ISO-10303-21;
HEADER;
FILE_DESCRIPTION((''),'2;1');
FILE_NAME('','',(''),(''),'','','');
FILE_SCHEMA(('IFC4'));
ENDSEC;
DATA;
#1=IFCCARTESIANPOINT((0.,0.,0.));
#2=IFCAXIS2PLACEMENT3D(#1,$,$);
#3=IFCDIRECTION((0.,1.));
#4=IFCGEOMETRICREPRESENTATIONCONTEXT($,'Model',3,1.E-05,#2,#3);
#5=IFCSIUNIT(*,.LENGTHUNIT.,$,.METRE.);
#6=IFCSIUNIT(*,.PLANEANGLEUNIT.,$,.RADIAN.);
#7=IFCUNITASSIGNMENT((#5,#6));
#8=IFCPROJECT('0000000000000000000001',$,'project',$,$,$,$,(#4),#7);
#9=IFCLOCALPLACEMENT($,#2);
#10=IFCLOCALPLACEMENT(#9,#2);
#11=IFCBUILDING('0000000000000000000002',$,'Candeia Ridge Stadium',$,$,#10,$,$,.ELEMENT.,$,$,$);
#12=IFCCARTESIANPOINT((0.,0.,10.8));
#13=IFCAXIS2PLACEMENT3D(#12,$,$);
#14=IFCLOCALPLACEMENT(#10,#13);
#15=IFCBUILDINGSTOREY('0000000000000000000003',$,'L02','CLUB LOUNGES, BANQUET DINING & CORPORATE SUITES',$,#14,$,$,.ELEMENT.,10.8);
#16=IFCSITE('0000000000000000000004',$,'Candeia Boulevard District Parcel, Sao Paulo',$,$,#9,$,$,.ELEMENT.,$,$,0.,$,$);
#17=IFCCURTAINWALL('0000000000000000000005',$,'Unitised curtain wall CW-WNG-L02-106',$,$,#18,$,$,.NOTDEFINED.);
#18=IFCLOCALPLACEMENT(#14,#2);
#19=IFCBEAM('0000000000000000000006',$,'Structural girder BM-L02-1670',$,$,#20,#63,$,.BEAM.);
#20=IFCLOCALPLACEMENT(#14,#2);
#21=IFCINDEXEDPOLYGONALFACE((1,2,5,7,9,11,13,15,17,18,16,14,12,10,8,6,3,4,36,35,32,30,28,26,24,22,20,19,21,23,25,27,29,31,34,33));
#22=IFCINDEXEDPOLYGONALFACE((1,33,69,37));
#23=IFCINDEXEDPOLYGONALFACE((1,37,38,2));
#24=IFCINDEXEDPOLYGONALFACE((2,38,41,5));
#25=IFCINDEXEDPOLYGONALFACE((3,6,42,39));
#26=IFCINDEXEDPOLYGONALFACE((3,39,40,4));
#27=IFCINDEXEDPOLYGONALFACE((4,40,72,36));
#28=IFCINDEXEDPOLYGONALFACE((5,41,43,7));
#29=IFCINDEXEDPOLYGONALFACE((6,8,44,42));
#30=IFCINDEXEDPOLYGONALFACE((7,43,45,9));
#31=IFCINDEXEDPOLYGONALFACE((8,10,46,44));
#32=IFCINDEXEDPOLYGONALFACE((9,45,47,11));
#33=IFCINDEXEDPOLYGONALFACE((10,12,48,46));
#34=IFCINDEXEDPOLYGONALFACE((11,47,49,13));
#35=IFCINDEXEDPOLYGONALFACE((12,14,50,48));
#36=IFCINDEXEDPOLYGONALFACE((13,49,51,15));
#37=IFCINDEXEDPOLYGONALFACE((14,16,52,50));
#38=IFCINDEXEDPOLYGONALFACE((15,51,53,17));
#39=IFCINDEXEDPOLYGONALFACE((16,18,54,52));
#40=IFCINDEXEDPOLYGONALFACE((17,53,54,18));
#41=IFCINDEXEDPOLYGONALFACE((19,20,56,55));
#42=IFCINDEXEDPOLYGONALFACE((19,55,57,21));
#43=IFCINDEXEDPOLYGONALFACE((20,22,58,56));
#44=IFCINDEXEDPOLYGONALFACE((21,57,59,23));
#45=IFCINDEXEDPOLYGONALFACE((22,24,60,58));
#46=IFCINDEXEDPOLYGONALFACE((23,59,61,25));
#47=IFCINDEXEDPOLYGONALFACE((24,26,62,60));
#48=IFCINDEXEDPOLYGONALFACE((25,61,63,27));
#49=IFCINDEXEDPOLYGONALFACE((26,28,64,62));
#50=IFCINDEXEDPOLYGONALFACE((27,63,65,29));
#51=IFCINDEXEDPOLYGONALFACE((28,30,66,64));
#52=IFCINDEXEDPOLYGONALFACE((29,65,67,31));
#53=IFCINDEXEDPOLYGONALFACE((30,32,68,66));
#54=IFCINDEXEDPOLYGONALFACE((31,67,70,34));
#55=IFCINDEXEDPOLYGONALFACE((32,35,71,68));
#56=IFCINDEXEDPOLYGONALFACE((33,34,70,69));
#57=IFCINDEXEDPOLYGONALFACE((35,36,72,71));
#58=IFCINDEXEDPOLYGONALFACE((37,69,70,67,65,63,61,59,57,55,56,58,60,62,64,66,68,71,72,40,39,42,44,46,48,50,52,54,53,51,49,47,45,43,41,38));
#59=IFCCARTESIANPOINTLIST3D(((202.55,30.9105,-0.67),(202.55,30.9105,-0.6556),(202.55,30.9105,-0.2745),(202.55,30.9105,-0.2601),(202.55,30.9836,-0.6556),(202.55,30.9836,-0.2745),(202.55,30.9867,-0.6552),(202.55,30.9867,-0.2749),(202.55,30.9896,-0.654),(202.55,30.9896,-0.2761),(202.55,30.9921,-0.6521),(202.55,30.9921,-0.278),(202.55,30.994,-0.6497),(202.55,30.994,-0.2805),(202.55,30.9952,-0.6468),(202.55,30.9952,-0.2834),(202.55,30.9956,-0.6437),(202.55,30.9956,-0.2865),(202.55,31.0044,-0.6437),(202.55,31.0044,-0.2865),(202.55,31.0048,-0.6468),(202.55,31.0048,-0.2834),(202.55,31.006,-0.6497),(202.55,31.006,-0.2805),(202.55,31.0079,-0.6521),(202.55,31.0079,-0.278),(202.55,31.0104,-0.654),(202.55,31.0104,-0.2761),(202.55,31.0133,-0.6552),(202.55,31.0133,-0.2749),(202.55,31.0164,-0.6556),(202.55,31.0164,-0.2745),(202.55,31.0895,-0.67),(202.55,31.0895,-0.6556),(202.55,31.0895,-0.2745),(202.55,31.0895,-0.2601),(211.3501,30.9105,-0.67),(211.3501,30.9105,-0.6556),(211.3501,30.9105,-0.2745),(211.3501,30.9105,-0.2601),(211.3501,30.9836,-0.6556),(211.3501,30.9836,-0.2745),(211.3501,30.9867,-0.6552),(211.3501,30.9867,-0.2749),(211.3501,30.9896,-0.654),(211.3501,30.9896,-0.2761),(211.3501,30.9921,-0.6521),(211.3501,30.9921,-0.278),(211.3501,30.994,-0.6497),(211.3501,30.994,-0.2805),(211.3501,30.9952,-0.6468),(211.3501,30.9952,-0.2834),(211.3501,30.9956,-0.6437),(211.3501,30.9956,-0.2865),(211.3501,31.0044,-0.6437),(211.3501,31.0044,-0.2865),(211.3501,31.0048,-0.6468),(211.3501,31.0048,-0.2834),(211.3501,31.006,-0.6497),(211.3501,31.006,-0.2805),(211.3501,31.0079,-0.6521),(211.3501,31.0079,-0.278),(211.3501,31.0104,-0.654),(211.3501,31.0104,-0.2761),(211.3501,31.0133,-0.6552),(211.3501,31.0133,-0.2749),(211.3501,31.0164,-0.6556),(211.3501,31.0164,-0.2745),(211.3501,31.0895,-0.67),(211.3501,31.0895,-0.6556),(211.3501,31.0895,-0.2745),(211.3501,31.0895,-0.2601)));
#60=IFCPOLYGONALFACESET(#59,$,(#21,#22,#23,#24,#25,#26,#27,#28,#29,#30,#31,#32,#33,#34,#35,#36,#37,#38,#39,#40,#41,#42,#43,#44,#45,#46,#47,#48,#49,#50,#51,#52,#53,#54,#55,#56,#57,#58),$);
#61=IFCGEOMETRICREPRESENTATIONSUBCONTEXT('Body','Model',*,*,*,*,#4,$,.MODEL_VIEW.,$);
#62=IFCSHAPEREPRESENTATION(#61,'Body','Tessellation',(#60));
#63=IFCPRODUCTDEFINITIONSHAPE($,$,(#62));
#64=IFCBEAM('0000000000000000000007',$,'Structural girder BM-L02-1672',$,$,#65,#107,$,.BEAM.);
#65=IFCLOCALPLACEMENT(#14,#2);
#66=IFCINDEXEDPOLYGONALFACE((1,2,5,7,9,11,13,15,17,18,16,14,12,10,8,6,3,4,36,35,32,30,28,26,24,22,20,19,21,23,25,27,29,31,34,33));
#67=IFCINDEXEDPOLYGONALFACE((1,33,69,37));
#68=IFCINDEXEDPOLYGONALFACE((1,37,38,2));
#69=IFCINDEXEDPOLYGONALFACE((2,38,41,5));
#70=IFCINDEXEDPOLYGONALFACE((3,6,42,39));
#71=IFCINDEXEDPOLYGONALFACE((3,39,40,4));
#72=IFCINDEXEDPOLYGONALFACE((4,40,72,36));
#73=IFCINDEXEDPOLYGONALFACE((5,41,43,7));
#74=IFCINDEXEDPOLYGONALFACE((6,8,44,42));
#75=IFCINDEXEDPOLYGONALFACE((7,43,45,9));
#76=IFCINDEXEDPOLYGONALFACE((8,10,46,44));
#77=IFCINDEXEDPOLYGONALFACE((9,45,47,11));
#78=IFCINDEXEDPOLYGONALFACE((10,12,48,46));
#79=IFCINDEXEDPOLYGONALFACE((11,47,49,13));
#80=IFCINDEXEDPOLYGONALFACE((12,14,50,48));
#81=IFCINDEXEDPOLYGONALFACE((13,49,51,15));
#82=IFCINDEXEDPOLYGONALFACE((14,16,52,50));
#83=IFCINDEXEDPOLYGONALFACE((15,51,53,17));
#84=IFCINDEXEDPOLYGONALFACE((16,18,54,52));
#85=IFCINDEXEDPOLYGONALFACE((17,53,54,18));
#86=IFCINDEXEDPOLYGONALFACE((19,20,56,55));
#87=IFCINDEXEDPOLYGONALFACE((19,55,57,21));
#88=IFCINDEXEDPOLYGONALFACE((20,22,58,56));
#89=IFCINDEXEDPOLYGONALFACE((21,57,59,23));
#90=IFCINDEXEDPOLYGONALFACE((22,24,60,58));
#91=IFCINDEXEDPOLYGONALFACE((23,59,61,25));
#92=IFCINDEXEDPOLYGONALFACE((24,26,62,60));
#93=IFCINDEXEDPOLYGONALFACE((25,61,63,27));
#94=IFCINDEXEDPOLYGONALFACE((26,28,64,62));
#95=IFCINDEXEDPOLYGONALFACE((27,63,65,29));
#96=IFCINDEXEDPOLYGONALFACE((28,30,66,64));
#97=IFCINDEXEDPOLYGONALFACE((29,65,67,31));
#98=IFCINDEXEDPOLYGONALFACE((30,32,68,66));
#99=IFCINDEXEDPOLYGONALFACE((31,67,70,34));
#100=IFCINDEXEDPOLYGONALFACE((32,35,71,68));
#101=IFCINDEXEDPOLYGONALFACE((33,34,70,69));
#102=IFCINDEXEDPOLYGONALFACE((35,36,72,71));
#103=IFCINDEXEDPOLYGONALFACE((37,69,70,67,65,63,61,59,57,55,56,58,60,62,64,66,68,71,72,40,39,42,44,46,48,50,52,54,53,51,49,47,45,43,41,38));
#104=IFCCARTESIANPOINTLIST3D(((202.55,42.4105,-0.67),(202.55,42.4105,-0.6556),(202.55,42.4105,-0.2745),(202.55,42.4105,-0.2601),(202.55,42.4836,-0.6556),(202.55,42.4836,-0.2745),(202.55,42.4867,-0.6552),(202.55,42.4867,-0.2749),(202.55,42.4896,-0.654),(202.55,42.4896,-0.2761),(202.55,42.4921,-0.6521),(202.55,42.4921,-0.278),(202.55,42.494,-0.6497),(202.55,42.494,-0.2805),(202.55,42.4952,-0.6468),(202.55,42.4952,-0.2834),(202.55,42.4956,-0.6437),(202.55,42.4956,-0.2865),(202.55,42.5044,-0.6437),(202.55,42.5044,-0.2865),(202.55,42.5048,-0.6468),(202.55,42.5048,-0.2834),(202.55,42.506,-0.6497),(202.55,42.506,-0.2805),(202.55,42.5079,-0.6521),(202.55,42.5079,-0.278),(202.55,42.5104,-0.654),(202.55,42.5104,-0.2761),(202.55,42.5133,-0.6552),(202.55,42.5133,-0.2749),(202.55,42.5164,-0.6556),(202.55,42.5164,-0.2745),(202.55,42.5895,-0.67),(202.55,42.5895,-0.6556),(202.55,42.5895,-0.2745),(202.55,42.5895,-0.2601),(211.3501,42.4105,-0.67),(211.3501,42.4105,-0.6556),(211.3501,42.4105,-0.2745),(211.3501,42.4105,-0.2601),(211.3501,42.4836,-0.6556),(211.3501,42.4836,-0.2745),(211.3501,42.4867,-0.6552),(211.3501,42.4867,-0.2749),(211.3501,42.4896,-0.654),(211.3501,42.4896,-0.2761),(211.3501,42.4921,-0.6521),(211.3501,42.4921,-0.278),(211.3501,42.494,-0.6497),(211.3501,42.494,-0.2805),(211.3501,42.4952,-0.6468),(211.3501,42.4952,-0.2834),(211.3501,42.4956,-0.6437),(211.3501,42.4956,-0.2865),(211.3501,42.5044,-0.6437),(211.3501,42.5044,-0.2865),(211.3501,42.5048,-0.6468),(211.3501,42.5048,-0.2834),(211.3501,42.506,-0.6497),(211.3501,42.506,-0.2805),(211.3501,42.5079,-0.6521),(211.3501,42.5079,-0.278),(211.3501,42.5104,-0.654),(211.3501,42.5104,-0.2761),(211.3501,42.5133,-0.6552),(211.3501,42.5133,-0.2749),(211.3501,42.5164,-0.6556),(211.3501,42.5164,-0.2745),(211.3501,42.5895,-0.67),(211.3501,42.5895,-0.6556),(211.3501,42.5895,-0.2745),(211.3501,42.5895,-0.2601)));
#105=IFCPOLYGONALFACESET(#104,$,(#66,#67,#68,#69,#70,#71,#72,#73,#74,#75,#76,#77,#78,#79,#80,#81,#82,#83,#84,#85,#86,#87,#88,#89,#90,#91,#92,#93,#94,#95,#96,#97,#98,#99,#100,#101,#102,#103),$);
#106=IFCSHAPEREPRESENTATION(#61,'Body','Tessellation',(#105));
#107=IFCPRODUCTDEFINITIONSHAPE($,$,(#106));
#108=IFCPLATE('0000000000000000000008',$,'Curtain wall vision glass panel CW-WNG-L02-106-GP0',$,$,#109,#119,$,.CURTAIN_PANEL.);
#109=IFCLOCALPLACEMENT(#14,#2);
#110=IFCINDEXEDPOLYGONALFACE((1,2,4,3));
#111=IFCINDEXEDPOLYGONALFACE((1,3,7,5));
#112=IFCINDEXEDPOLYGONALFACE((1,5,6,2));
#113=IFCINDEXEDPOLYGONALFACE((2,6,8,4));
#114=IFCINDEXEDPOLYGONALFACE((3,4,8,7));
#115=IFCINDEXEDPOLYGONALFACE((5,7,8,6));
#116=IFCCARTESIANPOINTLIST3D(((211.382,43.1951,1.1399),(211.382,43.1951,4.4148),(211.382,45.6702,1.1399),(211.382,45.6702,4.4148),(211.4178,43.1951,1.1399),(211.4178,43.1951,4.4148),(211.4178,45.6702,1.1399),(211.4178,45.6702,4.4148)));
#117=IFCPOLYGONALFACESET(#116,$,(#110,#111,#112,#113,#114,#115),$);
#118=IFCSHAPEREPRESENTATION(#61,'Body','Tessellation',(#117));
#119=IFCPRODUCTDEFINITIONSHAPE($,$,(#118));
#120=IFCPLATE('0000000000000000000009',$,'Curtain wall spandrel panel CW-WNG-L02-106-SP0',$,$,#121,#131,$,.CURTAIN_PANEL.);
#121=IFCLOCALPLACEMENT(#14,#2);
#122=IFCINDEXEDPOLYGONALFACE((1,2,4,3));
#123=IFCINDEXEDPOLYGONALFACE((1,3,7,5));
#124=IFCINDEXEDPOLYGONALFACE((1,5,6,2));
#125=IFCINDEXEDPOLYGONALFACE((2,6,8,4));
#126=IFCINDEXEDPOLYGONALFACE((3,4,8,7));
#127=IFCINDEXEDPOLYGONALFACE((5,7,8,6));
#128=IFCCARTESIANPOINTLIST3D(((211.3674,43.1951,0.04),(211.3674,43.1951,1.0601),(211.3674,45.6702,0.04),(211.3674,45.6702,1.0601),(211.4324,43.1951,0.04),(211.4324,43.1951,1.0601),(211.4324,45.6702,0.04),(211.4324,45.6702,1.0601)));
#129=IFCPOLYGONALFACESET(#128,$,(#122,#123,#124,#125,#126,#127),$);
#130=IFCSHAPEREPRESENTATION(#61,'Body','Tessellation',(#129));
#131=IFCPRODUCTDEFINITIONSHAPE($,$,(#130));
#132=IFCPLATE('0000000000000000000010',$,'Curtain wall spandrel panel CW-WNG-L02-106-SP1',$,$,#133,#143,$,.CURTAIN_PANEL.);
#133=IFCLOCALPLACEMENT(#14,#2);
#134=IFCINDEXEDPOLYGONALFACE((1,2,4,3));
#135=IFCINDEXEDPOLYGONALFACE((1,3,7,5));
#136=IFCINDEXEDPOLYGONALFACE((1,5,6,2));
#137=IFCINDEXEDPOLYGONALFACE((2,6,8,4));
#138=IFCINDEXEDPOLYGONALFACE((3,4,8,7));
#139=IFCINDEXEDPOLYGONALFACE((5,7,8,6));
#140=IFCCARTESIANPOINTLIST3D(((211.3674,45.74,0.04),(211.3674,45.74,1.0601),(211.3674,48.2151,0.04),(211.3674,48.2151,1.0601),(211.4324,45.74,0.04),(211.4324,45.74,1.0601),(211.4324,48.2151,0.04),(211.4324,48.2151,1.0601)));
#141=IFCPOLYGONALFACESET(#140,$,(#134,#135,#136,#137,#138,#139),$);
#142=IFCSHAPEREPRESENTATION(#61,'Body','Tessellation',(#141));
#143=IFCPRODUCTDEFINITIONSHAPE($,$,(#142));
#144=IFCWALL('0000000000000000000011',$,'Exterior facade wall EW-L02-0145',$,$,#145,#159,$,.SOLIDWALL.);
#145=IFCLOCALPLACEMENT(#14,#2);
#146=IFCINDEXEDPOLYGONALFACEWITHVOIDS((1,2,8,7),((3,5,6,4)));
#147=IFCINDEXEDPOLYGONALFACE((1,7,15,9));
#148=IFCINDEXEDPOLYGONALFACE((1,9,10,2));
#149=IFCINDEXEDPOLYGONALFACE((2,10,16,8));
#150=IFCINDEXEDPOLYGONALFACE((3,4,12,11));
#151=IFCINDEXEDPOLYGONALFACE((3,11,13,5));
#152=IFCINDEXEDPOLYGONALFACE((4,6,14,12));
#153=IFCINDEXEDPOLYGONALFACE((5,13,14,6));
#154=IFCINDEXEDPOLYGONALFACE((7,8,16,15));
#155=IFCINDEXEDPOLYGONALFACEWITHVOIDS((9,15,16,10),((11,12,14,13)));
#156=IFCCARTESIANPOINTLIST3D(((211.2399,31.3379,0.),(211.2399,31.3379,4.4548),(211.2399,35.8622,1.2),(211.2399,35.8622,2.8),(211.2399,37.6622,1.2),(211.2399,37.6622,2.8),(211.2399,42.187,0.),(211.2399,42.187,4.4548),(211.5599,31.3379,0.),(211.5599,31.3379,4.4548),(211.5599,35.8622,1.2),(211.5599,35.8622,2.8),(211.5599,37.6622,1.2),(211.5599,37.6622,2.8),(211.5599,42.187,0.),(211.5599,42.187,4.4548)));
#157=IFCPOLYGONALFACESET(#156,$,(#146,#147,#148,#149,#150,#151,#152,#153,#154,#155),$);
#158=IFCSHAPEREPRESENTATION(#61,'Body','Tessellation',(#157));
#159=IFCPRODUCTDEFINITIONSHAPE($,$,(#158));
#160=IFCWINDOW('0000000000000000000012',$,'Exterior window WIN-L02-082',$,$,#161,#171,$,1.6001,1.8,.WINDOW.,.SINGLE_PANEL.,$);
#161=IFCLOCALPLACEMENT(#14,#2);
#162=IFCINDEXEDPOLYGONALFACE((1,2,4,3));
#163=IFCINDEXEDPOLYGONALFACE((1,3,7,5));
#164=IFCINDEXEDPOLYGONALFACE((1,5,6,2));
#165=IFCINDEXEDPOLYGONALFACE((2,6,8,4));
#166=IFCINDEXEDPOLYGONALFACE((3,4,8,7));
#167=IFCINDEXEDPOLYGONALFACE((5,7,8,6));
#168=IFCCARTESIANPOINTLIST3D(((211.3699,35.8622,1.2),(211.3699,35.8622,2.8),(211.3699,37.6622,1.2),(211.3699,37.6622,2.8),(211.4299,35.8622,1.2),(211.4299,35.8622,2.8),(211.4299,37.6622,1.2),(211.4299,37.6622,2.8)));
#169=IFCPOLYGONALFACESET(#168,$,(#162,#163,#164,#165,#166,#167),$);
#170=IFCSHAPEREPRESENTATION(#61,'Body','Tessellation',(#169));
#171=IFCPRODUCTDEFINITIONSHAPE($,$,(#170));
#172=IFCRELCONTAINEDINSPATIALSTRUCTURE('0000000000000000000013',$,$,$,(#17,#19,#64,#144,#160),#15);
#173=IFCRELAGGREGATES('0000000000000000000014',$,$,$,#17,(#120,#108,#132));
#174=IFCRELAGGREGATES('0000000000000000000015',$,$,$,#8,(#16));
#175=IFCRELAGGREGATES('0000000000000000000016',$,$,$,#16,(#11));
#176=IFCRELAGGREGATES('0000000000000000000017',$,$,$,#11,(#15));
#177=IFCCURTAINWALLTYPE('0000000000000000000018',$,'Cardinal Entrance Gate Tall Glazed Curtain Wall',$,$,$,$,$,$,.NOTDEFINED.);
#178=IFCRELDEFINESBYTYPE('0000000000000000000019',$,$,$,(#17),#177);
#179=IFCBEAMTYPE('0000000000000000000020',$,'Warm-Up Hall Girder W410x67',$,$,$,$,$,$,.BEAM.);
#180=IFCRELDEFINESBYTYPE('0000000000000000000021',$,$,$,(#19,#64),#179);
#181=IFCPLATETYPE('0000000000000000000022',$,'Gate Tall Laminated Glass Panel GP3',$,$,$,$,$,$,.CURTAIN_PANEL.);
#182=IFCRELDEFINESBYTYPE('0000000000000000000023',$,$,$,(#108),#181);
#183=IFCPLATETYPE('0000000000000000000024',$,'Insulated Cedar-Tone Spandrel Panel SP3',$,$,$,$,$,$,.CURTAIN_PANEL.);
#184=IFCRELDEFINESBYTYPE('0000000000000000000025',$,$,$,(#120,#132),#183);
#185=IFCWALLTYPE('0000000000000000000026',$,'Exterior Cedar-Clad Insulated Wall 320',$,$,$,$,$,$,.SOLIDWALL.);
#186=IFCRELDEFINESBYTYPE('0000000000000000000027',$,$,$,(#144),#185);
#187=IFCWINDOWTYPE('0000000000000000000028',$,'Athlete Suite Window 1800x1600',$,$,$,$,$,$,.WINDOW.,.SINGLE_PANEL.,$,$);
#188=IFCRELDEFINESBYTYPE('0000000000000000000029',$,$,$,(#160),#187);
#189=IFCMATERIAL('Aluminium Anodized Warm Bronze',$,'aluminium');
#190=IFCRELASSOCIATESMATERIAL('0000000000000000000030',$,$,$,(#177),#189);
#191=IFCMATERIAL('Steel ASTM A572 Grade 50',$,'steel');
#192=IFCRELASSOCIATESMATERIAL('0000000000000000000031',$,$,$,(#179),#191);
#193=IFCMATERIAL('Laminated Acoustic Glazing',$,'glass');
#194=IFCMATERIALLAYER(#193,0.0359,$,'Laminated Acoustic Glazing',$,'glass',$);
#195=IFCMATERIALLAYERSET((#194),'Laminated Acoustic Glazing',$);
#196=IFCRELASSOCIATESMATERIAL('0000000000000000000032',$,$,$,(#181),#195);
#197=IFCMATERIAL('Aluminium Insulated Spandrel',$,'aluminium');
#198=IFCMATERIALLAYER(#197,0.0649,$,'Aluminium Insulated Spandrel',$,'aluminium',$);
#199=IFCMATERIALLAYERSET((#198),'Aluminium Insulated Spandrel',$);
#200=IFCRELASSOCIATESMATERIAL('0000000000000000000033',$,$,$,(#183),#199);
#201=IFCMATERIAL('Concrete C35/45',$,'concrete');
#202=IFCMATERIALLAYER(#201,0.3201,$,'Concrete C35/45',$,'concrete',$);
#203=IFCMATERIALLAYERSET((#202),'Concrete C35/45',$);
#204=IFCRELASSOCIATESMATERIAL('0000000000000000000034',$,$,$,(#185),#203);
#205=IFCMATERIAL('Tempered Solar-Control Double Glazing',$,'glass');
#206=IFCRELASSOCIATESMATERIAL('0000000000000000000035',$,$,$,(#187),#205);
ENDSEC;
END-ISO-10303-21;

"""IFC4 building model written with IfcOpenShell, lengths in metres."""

from ifc_helpers import new_model, si_unit, direction, frame, frame_2d, origin, origin_2d, place, context, subcontext, project, spatial, rectangle, i_section, extrude, material, layer, layer_set, material_profile, profile_set, type_object, element, fill, aggregate, save


model = new_model("IFC4")

# Units and contexts
model_context = context("Model", 3, precision=1e-05, world=origin(), true_north=direction((0.0, 1.0)))
body_context = subcontext(model_context, "Body", "Model", "MODEL_VIEW")
ifc_project = project(units=[si_unit("LENGTHUNIT", "METRE"), si_unit("PLANEANGLEUNIT", "RADIAN")], contexts=[model_context])

# Site, building, storey
site_placement = place(None, origin())
site = spatial("IfcSite", under=ifc_project, at=site_placement, Name="Candeia Boulevard District Parcel, Sao Paulo", CompositionType="ELEMENT", RefElevation=0.0)
building_placement = place(site_placement, origin())
building = spatial("IfcBuilding", under=site, at=building_placement, Name="Candeia Ridge Stadium", CompositionType="ELEMENT")
storey_placement = place(building_placement, frame((0.0, 0.0, 10.8)))
storey = spatial("IfcBuildingStorey", under=building, at=storey_placement, Name="L02", Description="CLUB LOUNGES, BANQUET DINING & CORPORATE SUITES", CompositionType="ELEMENT", Elevation=10.8)

# Curtain wall
ifc_material_1 = material(Name="Aluminium Anodized Warm Bronze", Category="aluminium")
curtain_wall_type = type_object("IfcCurtainWallType", Name="Cardinal Entrance Gate Tall Glazed Curtain Wall", PredefinedType="NOTDEFINED", material=ifc_material_1)
curtain_wall_placement = place(storey_placement, origin())
curtain_wall = element("IfcCurtainWall", 1, at=curtain_wall_placement, inside=storey, type_object=curtain_wall_type, Name="Unitised curtain wall CW-WNG-L02-106", PredefinedType="NOTDEFINED")

# Beams
ifc_material_2 = material(Name="Steel ASTM A572 Grade 50", Category="steel")
ifc_material_profile_1 = material_profile(ifc_material_2, i_section(OverallWidth=0.179, OverallDepth=0.4099, WebThickness=0.0088, FlangeThickness=0.0144, FilletRadius=0.012, at=origin_2d()), Name="W410x67", Category="steel")
ifc_profile_set_1 = profile_set([ifc_material_profile_1], Name="Steel ASTM A572 Grade 50")
beam_type_1 = type_object("IfcBeamType", Name="Warm-Up Hall Girder W410x67", PredefinedType="BEAM", material=ifc_profile_set_1)
for number, where, z_axis, x_axis, name in (
    (2, (202.55, 31.0, -0.4651), (1.0, 0.0, 0.0), (0.0, 1.0, 0.0), "Structural girder BM-L02-1670"),
    (3, (202.55, 42.5, -0.4651), (1.0, 0.0, 0.0), (0.0, 1.0, 0.0), "Structural girder BM-L02-1672"),
):
    element("IfcBeam", number, at=place(storey_placement, frame(where, z_axis=z_axis, x_axis=x_axis)), inside=storey, type_object=beam_type_1, Name=name, PredefinedType="BEAM", context=body_context, shape_type="SweptSolid", body=[
        extrude(i_section(OverallWidth=0.179, OverallDepth=0.4099, WebThickness=0.0088, FlangeThickness=0.0144, FilletRadius=0.012, at=origin_2d()), origin(), (0.0, 0.0, 1.0), 8.8),
    ])

# Plates
ifc_material_3 = material(Name="Laminated Acoustic Glazing", Category="glass")
ifc_layer_1 = layer(ifc_material_3, 0.0359, Name="Laminated Acoustic Glazing", Category="glass")
ifc_layer_set_1 = layer_set([ifc_layer_1], Name="Laminated Acoustic Glazing")
plate_type_1 = type_object("IfcPlateType", Name="Gate Tall Laminated Glass Panel GP3", PredefinedType="CURTAIN_PANEL", material=ifc_layer_set_1)
plate_1_placement = place(storey_placement, frame((211.3999, 44.4326, 1.1399), z_axis=(0.0, 0.0, 1.0), x_axis=(0.0, 1.0, 0.0)))
plate_1 = element("IfcPlate", 4, at=plate_1_placement, type_object=plate_type_1, Name="Curtain wall vision glass panel CW-WNG-L02-106-GP0", PredefinedType="CURTAIN_PANEL", context=body_context, shape_type="SweptSolid", body=[
    extrude(rectangle(XDim=2.4751, YDim=0.0359, at=origin_2d()), origin(), (0.0, 0.0, 1.0), 3.2749),
])
ifc_material_4 = material(Name="Aluminium Insulated Spandrel", Category="aluminium")
ifc_layer_2 = layer(ifc_material_4, 0.0649, Name="Aluminium Insulated Spandrel", Category="aluminium")
ifc_layer_set_2 = layer_set([ifc_layer_2], Name="Aluminium Insulated Spandrel")
plate_type_2 = type_object("IfcPlateType", Name="Insulated Cedar-Tone Spandrel Panel SP3", PredefinedType="CURTAIN_PANEL", material=ifc_layer_set_2)
plate_2_placement = place(storey_placement, frame((211.3999, 44.4326, 0.04), z_axis=(0.0, 0.0, 1.0), x_axis=(0.0, 1.0, 0.0)))
plate_2 = element("IfcPlate", 5, at=plate_2_placement, type_object=plate_type_2, Name="Curtain wall spandrel panel CW-WNG-L02-106-SP0", PredefinedType="CURTAIN_PANEL", context=body_context, shape_type="SweptSolid", body=[
    extrude(rectangle(XDim=2.4751, YDim=0.0649, at=origin_2d()), origin(), (0.0, 0.0, 1.0), 1.02),
])
plate_3_placement = place(storey_placement, frame((211.3999, 46.9775, 0.04), z_axis=(0.0, 0.0, 1.0), x_axis=(0.0, 1.0, 0.0)))
plate_3 = element("IfcPlate", 6, at=plate_3_placement, type_object=plate_type_2, Name="Curtain wall spandrel panel CW-WNG-L02-106-SP1", PredefinedType="CURTAIN_PANEL", context=body_context, shape_type="SweptSolid", body=[
    extrude(rectangle(XDim=2.4751, YDim=0.0649, at=origin_2d()), origin(), (0.0, 0.0, 1.0), 1.02),
])
aggregate(curtain_wall, [plate_2, plate_1, plate_3])

# Wall, opening, window
ifc_material_5 = material(Name="Concrete C35/45", Category="concrete")
ifc_layer_3 = layer(ifc_material_5, 0.3201, Name="Concrete C35/45", Category="concrete")
ifc_layer_set_3 = layer_set([ifc_layer_3], Name="Concrete C35/45")
wall_type_1 = type_object("IfcWallType", Name="Exterior Cedar-Clad Insulated Wall 320", PredefinedType="SOLIDWALL", material=ifc_layer_set_3)
wall_1_placement = place(storey_placement, frame((211.3999, 31.3379, 0.0), z_axis=(0.0, 0.0, 1.0), x_axis=(0.0, 1.0, 0.0)))
wall_1 = element("IfcWall", 7, at=wall_1_placement, inside=storey, type_object=wall_type_1, Name="Exterior facade wall EW-L02-0145", PredefinedType="SOLIDWALL", context=body_context, shape_type="SweptSolid", body=[
    extrude(rectangle(XDim=10.8491, YDim=0.3201, at=frame_2d((5.4246, 0.0))), origin(), (0.0, 0.0, 1.0), 4.4548),
])
opening_1_placement = place(wall_1_placement, frame((4.5244, 0.0, 1.2)))
opening_1 = element("IfcOpeningElement", 8, at=opening_1_placement, cuts=wall_1, PredefinedType="OPENING", context=body_context, shape_type="SweptSolid", body=[
    extrude(rectangle(XDim=1.8, YDim=1.6001, at=frame_2d((0.8999, 0.8))), frame((0.0, 0.1699, 0.0), z_axis=(0.0, -1.0, 0.0), x_axis=(1.0, 0.0, 0.0)), (0.0, 0.0, 1.0), 0.3401),
])
ifc_material_6 = material(Name="Tempered Solar-Control Double Glazing", Category="glass")
window_type = type_object("IfcWindowType", Name="Athlete Suite Window 1800x1600", PartitioningType="SINGLE_PANEL", PredefinedType="WINDOW", material=ifc_material_6)
window_placement = place(opening_1_placement, origin())
window = element("IfcWindow", 9, at=window_placement, inside=storey, type_object=window_type, Name="Exterior window WIN-L02-082", OverallHeight=1.6001, OverallWidth=1.8, PartitioningType="SINGLE_PANEL", PredefinedType="WINDOW", context=body_context, shape_type="SweptSolid", body=[
    extrude(rectangle(XDim=1.8, YDim=1.6001, at=frame_2d((0.8999, 0.8))), frame((0.0, 0.03, 0.0), z_axis=(0.0, -1.0, 0.0), x_axis=(1.0, 0.0, 0.0)), (0.0, 0.0, 1.0), 0.0601),
])
fill(opening_1, window)

save(model, "model.ifc")
